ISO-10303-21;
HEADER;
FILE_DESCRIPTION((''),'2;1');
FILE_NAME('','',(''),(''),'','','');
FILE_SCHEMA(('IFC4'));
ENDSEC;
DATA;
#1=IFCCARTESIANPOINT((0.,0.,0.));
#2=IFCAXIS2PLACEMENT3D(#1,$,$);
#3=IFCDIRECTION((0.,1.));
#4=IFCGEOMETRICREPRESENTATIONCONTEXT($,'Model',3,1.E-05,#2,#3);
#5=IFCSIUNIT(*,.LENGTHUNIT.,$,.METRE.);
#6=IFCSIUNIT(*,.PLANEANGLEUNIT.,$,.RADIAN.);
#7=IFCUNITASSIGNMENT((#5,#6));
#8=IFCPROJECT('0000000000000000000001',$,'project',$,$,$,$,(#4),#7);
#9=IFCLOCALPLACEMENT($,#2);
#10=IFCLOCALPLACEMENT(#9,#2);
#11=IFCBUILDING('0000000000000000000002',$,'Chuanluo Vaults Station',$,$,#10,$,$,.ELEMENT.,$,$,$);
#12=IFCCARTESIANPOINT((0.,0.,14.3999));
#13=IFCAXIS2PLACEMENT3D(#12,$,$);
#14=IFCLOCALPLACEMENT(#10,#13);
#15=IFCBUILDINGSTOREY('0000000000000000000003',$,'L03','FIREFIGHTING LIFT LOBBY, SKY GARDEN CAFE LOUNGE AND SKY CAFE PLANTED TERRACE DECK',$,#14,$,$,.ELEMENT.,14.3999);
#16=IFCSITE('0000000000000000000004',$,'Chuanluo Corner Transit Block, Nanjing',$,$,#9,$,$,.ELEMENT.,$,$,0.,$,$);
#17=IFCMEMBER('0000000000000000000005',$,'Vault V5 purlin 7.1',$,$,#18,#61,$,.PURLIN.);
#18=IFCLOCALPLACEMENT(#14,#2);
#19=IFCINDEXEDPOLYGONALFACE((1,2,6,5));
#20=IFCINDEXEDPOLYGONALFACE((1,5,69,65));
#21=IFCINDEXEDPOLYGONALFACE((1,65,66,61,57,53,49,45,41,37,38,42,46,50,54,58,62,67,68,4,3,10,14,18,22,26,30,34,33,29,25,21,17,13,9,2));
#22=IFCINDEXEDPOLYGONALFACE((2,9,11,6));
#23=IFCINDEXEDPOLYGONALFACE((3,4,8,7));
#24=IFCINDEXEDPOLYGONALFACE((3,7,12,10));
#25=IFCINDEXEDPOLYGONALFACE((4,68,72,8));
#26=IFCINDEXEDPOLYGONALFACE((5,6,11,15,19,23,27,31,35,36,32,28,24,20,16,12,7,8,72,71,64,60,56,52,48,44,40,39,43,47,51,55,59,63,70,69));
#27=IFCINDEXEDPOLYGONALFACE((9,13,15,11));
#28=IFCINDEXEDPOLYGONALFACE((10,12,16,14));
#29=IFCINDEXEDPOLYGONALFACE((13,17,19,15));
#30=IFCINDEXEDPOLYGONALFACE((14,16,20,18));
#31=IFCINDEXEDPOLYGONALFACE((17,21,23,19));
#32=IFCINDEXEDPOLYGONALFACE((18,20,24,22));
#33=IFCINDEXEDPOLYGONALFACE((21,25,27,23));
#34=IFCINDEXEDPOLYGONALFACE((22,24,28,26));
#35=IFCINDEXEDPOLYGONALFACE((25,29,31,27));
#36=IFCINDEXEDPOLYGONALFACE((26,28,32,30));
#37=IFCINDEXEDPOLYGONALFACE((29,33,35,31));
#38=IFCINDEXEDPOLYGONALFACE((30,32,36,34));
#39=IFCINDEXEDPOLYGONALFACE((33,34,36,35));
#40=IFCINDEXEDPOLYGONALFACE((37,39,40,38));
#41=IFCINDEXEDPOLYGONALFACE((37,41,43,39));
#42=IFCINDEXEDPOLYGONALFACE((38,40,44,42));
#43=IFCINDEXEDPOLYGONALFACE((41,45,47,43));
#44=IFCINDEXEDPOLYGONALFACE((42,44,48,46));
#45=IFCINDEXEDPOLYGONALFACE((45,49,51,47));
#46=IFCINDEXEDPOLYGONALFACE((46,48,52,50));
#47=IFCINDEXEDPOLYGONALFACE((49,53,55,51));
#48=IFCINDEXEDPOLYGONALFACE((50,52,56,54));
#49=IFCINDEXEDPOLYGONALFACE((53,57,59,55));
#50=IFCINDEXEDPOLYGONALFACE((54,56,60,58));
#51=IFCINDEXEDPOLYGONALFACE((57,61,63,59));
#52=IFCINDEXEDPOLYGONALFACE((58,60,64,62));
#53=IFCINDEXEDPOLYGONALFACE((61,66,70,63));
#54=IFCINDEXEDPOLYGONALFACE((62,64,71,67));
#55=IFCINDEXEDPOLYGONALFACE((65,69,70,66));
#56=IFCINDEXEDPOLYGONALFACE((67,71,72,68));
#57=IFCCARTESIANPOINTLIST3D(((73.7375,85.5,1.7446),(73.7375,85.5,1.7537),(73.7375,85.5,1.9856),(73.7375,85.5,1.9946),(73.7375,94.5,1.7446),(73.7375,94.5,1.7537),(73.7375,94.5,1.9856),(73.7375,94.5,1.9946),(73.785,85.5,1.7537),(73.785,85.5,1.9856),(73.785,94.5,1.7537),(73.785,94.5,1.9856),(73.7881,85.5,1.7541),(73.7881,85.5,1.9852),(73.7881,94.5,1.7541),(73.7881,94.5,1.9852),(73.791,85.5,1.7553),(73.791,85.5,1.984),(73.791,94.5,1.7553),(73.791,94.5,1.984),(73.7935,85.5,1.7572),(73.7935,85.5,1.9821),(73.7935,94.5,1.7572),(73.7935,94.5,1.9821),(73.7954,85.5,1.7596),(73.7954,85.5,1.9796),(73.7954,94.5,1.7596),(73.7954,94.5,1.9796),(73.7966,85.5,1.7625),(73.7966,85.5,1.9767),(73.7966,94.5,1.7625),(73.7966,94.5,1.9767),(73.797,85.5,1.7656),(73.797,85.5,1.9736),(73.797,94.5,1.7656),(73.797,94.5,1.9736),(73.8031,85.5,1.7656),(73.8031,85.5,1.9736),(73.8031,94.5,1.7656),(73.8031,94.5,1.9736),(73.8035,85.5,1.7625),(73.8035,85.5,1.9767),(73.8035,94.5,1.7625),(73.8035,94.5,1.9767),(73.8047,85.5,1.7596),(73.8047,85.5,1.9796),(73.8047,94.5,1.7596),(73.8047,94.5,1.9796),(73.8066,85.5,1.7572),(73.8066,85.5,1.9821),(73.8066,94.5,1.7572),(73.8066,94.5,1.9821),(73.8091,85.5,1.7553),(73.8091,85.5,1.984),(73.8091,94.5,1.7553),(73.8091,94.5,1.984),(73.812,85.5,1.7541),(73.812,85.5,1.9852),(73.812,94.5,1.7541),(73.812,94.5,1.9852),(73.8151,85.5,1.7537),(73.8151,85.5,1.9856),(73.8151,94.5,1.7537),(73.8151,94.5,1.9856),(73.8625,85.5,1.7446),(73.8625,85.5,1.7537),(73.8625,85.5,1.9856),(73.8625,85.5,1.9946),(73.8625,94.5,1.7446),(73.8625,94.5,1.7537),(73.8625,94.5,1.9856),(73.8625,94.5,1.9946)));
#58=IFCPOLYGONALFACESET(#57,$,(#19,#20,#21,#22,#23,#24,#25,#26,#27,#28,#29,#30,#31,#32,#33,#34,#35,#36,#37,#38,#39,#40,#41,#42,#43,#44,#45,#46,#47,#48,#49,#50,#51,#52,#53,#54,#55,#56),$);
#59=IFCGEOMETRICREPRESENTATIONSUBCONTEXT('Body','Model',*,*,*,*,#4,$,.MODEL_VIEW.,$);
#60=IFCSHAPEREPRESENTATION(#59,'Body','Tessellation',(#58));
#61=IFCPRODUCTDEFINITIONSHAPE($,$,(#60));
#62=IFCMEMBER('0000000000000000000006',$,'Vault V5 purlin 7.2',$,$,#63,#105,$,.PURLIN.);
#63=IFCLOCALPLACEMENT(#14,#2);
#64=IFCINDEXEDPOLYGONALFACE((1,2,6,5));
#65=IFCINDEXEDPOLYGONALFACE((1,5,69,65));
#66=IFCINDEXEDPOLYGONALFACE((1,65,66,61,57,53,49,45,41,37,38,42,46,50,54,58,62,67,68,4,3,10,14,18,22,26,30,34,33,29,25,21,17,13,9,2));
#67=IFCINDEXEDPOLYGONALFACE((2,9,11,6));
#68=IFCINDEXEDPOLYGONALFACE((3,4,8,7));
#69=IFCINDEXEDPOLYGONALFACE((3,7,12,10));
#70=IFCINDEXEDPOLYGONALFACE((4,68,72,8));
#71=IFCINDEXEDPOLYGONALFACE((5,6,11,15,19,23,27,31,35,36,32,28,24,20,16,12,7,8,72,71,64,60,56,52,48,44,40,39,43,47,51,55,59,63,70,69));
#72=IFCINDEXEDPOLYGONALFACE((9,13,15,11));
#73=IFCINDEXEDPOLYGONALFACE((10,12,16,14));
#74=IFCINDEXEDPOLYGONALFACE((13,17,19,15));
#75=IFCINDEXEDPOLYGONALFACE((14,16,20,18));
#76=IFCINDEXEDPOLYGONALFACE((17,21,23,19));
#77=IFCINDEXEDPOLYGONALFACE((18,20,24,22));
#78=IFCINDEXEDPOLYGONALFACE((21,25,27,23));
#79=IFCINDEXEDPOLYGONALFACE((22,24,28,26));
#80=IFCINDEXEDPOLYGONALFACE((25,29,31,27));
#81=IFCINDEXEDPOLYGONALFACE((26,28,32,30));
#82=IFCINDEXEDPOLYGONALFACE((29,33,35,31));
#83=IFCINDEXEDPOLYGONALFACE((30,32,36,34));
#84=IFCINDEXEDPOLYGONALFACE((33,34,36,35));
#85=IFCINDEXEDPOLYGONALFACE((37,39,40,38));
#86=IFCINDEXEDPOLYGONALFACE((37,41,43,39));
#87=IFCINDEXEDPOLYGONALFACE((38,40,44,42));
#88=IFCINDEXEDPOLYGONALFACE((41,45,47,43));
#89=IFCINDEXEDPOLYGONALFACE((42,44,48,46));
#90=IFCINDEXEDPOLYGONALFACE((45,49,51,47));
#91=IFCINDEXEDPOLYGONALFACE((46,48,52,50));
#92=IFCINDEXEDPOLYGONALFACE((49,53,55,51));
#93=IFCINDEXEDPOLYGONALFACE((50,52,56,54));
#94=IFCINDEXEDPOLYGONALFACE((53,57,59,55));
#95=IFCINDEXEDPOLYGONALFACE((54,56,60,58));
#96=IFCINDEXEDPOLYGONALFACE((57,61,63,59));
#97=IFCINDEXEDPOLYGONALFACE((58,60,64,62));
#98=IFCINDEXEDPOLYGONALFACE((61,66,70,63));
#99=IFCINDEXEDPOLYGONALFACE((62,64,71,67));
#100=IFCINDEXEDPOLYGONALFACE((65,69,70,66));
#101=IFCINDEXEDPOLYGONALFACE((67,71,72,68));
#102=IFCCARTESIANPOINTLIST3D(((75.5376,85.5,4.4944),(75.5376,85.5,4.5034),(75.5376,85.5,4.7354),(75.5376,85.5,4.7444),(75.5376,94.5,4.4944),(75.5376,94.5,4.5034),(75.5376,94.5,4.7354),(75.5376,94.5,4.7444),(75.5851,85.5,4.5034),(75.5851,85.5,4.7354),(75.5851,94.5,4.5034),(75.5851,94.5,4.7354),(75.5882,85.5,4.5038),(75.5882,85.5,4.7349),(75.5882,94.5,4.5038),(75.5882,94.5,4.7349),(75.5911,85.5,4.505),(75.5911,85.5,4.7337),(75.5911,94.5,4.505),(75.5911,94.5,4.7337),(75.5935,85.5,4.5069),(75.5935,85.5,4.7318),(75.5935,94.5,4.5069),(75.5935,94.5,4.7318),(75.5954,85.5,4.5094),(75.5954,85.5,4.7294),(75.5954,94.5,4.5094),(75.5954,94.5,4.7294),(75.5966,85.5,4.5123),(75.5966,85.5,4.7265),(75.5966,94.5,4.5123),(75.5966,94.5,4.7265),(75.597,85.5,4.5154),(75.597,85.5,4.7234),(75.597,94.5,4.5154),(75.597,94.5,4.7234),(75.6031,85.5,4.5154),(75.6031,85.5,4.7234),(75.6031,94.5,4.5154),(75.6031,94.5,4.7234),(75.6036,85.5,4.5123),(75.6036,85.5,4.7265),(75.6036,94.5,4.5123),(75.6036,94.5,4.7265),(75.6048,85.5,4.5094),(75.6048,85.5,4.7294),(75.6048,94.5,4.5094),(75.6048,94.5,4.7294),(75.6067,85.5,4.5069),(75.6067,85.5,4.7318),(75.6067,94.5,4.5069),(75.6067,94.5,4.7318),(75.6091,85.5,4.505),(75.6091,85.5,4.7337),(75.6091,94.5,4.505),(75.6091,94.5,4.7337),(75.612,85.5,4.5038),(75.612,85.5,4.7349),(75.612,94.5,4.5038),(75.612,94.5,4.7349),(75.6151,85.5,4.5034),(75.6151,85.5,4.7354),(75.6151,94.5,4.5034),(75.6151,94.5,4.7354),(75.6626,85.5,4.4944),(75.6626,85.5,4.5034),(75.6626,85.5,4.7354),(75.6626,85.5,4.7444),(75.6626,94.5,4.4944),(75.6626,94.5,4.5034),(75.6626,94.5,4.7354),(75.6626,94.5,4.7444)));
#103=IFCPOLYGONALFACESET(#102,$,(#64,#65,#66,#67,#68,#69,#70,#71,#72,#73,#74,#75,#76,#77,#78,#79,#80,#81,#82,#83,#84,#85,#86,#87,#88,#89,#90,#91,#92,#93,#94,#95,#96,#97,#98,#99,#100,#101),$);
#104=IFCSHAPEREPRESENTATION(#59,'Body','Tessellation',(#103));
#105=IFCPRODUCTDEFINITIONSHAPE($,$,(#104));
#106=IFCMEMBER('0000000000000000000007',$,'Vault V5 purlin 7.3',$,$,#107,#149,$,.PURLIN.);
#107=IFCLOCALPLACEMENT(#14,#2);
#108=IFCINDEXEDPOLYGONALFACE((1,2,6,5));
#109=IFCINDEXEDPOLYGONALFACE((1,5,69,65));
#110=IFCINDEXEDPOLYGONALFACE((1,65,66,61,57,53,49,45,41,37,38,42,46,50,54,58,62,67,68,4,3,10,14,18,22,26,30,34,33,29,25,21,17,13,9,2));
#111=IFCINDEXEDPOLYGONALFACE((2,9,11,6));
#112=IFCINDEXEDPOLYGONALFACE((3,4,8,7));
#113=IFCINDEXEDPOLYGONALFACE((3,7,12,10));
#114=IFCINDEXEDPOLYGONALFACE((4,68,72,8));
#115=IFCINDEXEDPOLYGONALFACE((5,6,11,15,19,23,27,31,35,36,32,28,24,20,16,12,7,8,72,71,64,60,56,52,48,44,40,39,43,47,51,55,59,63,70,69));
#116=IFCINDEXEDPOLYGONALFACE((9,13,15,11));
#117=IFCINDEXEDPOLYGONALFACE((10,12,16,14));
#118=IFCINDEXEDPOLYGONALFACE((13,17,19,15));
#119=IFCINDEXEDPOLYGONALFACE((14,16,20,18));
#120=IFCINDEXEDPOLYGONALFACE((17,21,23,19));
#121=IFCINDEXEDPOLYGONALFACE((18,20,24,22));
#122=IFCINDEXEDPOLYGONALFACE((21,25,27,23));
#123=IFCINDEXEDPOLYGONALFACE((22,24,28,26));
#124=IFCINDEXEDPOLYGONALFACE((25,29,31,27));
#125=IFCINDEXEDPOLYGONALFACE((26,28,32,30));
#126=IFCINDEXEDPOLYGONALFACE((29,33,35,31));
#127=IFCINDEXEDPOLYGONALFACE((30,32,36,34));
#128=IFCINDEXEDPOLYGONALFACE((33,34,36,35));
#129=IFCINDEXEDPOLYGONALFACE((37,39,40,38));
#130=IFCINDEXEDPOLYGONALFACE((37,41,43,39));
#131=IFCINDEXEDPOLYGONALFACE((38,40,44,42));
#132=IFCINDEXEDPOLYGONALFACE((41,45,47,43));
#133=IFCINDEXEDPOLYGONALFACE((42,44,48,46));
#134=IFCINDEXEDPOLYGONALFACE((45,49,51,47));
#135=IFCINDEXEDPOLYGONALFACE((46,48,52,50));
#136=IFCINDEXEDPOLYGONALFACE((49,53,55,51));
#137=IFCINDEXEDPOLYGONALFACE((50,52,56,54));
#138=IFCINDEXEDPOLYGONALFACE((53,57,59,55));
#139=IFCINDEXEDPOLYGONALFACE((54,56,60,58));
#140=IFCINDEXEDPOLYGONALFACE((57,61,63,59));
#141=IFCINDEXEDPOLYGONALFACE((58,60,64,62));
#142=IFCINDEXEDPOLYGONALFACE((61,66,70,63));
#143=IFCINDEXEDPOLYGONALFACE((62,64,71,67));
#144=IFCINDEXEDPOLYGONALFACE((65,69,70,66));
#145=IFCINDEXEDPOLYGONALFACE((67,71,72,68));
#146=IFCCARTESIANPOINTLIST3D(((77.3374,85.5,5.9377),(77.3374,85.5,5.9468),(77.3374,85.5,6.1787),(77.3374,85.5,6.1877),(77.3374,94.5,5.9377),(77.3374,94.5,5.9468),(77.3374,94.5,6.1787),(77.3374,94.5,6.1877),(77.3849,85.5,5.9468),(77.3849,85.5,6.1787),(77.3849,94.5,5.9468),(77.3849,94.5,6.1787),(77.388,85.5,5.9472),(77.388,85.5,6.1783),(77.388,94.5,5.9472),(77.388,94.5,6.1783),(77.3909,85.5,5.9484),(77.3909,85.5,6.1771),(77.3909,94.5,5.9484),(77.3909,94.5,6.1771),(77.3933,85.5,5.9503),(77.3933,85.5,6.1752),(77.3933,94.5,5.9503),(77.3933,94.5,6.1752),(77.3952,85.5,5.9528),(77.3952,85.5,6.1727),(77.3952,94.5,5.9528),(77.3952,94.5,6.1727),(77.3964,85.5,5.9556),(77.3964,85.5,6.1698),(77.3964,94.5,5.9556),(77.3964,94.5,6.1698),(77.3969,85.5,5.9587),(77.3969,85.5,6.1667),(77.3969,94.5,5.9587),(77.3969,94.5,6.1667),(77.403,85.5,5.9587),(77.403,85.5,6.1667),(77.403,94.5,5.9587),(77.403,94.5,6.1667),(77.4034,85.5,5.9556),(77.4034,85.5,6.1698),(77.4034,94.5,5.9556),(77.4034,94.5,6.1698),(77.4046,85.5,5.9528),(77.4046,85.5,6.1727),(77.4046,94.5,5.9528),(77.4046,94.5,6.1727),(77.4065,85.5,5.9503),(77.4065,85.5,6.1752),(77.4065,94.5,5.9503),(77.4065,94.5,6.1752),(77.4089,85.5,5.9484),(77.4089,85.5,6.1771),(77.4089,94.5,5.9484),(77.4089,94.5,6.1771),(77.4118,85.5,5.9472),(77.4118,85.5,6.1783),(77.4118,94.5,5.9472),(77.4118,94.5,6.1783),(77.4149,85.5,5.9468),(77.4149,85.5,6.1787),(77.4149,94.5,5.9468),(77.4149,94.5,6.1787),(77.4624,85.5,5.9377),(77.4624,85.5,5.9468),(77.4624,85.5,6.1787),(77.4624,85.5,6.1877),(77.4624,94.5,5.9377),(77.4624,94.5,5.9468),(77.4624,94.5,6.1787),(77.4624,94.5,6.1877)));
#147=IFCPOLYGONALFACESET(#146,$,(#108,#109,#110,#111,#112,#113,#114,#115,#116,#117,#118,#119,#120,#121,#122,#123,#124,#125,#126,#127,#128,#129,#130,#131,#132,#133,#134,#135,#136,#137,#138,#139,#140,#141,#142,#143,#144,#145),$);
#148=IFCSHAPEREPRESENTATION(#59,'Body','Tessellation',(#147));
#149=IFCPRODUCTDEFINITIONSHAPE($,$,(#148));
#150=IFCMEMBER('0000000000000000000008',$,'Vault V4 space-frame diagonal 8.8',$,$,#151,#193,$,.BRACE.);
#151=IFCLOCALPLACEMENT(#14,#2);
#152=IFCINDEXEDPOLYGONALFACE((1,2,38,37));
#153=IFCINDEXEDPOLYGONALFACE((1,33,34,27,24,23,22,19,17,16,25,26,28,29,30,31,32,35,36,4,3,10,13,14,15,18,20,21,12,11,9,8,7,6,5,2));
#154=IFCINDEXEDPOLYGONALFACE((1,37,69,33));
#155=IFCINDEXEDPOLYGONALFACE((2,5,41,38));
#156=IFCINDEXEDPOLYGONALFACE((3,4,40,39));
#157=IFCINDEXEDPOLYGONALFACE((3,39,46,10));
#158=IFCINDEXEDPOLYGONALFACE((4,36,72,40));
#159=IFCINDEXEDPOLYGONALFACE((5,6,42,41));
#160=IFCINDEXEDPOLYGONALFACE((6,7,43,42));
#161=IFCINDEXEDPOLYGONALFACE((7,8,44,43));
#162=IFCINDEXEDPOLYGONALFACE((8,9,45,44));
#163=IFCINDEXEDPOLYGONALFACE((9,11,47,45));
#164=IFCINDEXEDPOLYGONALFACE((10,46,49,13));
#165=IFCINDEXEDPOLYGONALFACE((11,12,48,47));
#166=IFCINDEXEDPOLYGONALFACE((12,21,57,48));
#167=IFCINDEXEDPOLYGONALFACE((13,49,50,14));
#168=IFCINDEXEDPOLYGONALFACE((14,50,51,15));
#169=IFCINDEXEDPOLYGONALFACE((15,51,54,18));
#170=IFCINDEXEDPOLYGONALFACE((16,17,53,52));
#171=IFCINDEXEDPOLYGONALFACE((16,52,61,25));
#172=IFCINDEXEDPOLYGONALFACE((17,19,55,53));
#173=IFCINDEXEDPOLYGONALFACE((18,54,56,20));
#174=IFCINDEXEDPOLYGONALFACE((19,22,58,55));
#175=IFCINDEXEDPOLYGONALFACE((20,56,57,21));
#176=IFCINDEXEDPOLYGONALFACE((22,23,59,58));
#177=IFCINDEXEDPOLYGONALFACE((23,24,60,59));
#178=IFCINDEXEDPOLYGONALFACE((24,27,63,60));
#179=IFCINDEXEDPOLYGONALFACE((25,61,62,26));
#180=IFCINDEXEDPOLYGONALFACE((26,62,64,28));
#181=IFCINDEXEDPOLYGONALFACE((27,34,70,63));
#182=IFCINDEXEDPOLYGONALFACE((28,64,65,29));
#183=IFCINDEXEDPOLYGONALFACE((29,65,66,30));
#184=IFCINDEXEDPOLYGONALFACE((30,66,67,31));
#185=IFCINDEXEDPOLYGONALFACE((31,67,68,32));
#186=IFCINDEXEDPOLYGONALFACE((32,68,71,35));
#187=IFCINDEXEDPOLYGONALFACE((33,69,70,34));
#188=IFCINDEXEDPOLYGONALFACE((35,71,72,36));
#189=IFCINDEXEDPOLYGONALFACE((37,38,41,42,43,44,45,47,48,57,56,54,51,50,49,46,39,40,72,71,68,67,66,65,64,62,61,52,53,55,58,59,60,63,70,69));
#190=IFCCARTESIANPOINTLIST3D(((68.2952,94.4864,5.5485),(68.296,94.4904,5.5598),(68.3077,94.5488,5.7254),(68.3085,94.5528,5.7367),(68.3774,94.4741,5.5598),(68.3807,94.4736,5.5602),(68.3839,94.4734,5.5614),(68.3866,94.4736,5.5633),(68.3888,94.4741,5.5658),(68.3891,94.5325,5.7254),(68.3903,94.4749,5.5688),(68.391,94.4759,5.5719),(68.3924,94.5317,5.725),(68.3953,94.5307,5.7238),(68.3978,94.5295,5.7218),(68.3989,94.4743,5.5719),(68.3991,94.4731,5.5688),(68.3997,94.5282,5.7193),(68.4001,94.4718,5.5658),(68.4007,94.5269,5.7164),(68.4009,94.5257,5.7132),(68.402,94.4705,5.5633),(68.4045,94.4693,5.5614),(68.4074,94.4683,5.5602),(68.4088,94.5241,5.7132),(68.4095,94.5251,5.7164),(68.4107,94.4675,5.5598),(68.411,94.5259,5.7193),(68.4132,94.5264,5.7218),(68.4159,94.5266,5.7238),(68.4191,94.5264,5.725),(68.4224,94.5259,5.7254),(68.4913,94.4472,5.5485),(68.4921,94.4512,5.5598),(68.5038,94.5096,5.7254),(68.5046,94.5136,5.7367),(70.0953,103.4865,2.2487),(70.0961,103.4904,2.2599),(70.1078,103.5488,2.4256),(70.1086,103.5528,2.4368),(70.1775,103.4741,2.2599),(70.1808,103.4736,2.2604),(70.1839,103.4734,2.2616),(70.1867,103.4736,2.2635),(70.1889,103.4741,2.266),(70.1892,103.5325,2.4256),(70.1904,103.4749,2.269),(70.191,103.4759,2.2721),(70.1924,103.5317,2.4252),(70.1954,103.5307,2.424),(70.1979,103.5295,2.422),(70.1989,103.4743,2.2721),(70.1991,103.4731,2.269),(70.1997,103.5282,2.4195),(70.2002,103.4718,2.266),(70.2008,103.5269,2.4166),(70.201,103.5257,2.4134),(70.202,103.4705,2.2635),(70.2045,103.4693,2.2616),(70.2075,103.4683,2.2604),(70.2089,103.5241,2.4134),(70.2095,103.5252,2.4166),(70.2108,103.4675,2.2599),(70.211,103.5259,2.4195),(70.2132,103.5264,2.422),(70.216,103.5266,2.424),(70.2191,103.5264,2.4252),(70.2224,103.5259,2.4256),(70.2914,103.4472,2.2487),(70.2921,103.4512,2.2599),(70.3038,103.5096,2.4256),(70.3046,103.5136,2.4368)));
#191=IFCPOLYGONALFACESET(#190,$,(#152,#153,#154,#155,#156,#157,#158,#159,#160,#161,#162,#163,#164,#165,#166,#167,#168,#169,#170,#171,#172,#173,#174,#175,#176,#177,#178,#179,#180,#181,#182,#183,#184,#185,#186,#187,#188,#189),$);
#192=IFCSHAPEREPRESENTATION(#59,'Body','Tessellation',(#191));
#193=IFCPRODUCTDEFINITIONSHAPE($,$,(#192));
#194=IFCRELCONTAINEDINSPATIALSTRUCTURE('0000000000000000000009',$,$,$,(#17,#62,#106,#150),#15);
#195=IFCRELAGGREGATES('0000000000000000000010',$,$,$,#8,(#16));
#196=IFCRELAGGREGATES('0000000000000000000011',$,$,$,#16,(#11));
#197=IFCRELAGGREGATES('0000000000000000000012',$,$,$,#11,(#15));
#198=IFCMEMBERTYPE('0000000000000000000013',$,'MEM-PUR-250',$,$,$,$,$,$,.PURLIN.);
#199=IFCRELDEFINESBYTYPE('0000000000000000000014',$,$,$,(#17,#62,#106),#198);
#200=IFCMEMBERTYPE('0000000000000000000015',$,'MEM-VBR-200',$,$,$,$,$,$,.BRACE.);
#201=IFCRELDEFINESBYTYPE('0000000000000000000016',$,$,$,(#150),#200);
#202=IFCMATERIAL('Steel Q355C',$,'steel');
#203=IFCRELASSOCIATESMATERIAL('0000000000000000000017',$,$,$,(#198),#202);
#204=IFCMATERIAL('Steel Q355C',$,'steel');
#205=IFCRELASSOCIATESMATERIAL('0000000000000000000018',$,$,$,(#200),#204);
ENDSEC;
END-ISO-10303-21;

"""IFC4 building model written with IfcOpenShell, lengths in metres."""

from ifc_helpers import new_model, si_unit, direction, frame, origin, origin_2d, place, context, subcontext, project, spatial, i_section, extrude, material, material_profile, profile_set, type_object, element, save


model = new_model("IFC4")

# Units and contexts
model_context = context("Model", 3, precision=1e-05, world=origin(), true_north=direction((0.0, 1.0)))
body_context = subcontext(model_context, "Body", "Model", "MODEL_VIEW")
ifc_project = project(units=[si_unit("LENGTHUNIT", "METRE"), si_unit("PLANEANGLEUNIT", "RADIAN")], contexts=[model_context])

# Site, building, storey
site_placement = place(None, origin())
site = spatial("IfcSite", under=ifc_project, at=site_placement, Name="Chuanluo Corner Transit Block, Nanjing", CompositionType="ELEMENT", RefElevation=0.0)
building_placement = place(site_placement, origin())
building = spatial("IfcBuilding", under=site, at=building_placement, Name="Chuanluo Vaults Station", CompositionType="ELEMENT")
storey_placement = place(building_placement, frame((0.0, 0.0, 14.3999)))
storey = spatial("IfcBuildingStorey", under=building, at=storey_placement, Name="L03", Description="FIREFIGHTING LIFT LOBBY, SKY GARDEN CAFE LOUNGE AND SKY CAFE PLANTED TERRACE DECK", CompositionType="ELEMENT", Elevation=14.3999)

# Members
ifc_material_1 = material(Name="Steel Q355C", Category="steel")
ifc_material_profile_1 = material_profile(ifc_material_1, i_section(OverallWidth=0.125, OverallDepth=0.25, WebThickness=0.0061, FlangeThickness=0.009, FilletRadius=0.012, at=origin_2d()))
ifc_profile_set_1 = profile_set([ifc_material_profile_1], Name="Steel Q355C")
member_type_1 = type_object("IfcMemberType", Name="MEM-PUR-250", PredefinedType="PURLIN", material=ifc_profile_set_1)
for number, where, z_axis, x_axis, name in (
    (1, (73.8, 85.5, 1.8696), (0.0, 1.0, 0.0), (-1.0, 0.0, 0.0), "Vault V5 purlin 7.1"),
    (2, (75.6001, 85.5, 4.6194), (0.0, 1.0, 0.0), (-1.0, 0.0, 0.0), "Vault V5 purlin 7.2"),
    (3, (77.3999, 85.5, 6.0627), (0.0, 1.0, 0.0), (-1.0, 0.0, 0.0), "Vault V5 purlin 7.3"),
):
    element("IfcMember", number, at=place(storey_placement, frame(where, z_axis=z_axis, x_axis=x_axis)), inside=storey, type_object=member_type_1, Name=name, PredefinedType="PURLIN", context=body_context, shape_type="SweptSolid", body=[
        extrude(i_section(OverallWidth=0.125, OverallDepth=0.25, WebThickness=0.0061, FlangeThickness=0.009, FilletRadius=0.012, at=origin_2d()), origin(), (0.0, 0.0, 1.0), 9.0),
    ])
ifc_material_2 = material(Name="Steel Q355C", Category="steel")
ifc_material_profile_2 = material_profile(ifc_material_2, i_section(OverallWidth=0.2, OverallDepth=0.2, WebThickness=0.0081, FlangeThickness=0.012, FilletRadius=0.0129, at=origin_2d()))
ifc_profile_set_2 = profile_set([ifc_material_profile_2], Name="Steel Q355C")
member_type_2 = type_object("IfcMemberType", Name="MEM-VBR-200", PredefinedType="BRACE", material=ifc_profile_set_2)
member_1_placement = place(storey_placement, frame((68.3999, 94.5, 5.6426), z_axis=(0.184556, 0.922755, -0.338323), x_axis=(-0.98058, 0.196121, 0.0)))
element("IfcMember", 4, at=member_1_placement, inside=storey, type_object=member_type_2, Name="Vault V4 space-frame diagonal 8.8", PredefinedType="BRACE", context=body_context, shape_type="SweptSolid", body=[
    extrude(i_section(OverallWidth=0.2, OverallDepth=0.2, WebThickness=0.0081, FlangeThickness=0.012, FilletRadius=0.0129, at=origin_2d()), origin(), (0.0, 0.0, 1.0), 9.7534),
])

save(model, "model.ifc")
